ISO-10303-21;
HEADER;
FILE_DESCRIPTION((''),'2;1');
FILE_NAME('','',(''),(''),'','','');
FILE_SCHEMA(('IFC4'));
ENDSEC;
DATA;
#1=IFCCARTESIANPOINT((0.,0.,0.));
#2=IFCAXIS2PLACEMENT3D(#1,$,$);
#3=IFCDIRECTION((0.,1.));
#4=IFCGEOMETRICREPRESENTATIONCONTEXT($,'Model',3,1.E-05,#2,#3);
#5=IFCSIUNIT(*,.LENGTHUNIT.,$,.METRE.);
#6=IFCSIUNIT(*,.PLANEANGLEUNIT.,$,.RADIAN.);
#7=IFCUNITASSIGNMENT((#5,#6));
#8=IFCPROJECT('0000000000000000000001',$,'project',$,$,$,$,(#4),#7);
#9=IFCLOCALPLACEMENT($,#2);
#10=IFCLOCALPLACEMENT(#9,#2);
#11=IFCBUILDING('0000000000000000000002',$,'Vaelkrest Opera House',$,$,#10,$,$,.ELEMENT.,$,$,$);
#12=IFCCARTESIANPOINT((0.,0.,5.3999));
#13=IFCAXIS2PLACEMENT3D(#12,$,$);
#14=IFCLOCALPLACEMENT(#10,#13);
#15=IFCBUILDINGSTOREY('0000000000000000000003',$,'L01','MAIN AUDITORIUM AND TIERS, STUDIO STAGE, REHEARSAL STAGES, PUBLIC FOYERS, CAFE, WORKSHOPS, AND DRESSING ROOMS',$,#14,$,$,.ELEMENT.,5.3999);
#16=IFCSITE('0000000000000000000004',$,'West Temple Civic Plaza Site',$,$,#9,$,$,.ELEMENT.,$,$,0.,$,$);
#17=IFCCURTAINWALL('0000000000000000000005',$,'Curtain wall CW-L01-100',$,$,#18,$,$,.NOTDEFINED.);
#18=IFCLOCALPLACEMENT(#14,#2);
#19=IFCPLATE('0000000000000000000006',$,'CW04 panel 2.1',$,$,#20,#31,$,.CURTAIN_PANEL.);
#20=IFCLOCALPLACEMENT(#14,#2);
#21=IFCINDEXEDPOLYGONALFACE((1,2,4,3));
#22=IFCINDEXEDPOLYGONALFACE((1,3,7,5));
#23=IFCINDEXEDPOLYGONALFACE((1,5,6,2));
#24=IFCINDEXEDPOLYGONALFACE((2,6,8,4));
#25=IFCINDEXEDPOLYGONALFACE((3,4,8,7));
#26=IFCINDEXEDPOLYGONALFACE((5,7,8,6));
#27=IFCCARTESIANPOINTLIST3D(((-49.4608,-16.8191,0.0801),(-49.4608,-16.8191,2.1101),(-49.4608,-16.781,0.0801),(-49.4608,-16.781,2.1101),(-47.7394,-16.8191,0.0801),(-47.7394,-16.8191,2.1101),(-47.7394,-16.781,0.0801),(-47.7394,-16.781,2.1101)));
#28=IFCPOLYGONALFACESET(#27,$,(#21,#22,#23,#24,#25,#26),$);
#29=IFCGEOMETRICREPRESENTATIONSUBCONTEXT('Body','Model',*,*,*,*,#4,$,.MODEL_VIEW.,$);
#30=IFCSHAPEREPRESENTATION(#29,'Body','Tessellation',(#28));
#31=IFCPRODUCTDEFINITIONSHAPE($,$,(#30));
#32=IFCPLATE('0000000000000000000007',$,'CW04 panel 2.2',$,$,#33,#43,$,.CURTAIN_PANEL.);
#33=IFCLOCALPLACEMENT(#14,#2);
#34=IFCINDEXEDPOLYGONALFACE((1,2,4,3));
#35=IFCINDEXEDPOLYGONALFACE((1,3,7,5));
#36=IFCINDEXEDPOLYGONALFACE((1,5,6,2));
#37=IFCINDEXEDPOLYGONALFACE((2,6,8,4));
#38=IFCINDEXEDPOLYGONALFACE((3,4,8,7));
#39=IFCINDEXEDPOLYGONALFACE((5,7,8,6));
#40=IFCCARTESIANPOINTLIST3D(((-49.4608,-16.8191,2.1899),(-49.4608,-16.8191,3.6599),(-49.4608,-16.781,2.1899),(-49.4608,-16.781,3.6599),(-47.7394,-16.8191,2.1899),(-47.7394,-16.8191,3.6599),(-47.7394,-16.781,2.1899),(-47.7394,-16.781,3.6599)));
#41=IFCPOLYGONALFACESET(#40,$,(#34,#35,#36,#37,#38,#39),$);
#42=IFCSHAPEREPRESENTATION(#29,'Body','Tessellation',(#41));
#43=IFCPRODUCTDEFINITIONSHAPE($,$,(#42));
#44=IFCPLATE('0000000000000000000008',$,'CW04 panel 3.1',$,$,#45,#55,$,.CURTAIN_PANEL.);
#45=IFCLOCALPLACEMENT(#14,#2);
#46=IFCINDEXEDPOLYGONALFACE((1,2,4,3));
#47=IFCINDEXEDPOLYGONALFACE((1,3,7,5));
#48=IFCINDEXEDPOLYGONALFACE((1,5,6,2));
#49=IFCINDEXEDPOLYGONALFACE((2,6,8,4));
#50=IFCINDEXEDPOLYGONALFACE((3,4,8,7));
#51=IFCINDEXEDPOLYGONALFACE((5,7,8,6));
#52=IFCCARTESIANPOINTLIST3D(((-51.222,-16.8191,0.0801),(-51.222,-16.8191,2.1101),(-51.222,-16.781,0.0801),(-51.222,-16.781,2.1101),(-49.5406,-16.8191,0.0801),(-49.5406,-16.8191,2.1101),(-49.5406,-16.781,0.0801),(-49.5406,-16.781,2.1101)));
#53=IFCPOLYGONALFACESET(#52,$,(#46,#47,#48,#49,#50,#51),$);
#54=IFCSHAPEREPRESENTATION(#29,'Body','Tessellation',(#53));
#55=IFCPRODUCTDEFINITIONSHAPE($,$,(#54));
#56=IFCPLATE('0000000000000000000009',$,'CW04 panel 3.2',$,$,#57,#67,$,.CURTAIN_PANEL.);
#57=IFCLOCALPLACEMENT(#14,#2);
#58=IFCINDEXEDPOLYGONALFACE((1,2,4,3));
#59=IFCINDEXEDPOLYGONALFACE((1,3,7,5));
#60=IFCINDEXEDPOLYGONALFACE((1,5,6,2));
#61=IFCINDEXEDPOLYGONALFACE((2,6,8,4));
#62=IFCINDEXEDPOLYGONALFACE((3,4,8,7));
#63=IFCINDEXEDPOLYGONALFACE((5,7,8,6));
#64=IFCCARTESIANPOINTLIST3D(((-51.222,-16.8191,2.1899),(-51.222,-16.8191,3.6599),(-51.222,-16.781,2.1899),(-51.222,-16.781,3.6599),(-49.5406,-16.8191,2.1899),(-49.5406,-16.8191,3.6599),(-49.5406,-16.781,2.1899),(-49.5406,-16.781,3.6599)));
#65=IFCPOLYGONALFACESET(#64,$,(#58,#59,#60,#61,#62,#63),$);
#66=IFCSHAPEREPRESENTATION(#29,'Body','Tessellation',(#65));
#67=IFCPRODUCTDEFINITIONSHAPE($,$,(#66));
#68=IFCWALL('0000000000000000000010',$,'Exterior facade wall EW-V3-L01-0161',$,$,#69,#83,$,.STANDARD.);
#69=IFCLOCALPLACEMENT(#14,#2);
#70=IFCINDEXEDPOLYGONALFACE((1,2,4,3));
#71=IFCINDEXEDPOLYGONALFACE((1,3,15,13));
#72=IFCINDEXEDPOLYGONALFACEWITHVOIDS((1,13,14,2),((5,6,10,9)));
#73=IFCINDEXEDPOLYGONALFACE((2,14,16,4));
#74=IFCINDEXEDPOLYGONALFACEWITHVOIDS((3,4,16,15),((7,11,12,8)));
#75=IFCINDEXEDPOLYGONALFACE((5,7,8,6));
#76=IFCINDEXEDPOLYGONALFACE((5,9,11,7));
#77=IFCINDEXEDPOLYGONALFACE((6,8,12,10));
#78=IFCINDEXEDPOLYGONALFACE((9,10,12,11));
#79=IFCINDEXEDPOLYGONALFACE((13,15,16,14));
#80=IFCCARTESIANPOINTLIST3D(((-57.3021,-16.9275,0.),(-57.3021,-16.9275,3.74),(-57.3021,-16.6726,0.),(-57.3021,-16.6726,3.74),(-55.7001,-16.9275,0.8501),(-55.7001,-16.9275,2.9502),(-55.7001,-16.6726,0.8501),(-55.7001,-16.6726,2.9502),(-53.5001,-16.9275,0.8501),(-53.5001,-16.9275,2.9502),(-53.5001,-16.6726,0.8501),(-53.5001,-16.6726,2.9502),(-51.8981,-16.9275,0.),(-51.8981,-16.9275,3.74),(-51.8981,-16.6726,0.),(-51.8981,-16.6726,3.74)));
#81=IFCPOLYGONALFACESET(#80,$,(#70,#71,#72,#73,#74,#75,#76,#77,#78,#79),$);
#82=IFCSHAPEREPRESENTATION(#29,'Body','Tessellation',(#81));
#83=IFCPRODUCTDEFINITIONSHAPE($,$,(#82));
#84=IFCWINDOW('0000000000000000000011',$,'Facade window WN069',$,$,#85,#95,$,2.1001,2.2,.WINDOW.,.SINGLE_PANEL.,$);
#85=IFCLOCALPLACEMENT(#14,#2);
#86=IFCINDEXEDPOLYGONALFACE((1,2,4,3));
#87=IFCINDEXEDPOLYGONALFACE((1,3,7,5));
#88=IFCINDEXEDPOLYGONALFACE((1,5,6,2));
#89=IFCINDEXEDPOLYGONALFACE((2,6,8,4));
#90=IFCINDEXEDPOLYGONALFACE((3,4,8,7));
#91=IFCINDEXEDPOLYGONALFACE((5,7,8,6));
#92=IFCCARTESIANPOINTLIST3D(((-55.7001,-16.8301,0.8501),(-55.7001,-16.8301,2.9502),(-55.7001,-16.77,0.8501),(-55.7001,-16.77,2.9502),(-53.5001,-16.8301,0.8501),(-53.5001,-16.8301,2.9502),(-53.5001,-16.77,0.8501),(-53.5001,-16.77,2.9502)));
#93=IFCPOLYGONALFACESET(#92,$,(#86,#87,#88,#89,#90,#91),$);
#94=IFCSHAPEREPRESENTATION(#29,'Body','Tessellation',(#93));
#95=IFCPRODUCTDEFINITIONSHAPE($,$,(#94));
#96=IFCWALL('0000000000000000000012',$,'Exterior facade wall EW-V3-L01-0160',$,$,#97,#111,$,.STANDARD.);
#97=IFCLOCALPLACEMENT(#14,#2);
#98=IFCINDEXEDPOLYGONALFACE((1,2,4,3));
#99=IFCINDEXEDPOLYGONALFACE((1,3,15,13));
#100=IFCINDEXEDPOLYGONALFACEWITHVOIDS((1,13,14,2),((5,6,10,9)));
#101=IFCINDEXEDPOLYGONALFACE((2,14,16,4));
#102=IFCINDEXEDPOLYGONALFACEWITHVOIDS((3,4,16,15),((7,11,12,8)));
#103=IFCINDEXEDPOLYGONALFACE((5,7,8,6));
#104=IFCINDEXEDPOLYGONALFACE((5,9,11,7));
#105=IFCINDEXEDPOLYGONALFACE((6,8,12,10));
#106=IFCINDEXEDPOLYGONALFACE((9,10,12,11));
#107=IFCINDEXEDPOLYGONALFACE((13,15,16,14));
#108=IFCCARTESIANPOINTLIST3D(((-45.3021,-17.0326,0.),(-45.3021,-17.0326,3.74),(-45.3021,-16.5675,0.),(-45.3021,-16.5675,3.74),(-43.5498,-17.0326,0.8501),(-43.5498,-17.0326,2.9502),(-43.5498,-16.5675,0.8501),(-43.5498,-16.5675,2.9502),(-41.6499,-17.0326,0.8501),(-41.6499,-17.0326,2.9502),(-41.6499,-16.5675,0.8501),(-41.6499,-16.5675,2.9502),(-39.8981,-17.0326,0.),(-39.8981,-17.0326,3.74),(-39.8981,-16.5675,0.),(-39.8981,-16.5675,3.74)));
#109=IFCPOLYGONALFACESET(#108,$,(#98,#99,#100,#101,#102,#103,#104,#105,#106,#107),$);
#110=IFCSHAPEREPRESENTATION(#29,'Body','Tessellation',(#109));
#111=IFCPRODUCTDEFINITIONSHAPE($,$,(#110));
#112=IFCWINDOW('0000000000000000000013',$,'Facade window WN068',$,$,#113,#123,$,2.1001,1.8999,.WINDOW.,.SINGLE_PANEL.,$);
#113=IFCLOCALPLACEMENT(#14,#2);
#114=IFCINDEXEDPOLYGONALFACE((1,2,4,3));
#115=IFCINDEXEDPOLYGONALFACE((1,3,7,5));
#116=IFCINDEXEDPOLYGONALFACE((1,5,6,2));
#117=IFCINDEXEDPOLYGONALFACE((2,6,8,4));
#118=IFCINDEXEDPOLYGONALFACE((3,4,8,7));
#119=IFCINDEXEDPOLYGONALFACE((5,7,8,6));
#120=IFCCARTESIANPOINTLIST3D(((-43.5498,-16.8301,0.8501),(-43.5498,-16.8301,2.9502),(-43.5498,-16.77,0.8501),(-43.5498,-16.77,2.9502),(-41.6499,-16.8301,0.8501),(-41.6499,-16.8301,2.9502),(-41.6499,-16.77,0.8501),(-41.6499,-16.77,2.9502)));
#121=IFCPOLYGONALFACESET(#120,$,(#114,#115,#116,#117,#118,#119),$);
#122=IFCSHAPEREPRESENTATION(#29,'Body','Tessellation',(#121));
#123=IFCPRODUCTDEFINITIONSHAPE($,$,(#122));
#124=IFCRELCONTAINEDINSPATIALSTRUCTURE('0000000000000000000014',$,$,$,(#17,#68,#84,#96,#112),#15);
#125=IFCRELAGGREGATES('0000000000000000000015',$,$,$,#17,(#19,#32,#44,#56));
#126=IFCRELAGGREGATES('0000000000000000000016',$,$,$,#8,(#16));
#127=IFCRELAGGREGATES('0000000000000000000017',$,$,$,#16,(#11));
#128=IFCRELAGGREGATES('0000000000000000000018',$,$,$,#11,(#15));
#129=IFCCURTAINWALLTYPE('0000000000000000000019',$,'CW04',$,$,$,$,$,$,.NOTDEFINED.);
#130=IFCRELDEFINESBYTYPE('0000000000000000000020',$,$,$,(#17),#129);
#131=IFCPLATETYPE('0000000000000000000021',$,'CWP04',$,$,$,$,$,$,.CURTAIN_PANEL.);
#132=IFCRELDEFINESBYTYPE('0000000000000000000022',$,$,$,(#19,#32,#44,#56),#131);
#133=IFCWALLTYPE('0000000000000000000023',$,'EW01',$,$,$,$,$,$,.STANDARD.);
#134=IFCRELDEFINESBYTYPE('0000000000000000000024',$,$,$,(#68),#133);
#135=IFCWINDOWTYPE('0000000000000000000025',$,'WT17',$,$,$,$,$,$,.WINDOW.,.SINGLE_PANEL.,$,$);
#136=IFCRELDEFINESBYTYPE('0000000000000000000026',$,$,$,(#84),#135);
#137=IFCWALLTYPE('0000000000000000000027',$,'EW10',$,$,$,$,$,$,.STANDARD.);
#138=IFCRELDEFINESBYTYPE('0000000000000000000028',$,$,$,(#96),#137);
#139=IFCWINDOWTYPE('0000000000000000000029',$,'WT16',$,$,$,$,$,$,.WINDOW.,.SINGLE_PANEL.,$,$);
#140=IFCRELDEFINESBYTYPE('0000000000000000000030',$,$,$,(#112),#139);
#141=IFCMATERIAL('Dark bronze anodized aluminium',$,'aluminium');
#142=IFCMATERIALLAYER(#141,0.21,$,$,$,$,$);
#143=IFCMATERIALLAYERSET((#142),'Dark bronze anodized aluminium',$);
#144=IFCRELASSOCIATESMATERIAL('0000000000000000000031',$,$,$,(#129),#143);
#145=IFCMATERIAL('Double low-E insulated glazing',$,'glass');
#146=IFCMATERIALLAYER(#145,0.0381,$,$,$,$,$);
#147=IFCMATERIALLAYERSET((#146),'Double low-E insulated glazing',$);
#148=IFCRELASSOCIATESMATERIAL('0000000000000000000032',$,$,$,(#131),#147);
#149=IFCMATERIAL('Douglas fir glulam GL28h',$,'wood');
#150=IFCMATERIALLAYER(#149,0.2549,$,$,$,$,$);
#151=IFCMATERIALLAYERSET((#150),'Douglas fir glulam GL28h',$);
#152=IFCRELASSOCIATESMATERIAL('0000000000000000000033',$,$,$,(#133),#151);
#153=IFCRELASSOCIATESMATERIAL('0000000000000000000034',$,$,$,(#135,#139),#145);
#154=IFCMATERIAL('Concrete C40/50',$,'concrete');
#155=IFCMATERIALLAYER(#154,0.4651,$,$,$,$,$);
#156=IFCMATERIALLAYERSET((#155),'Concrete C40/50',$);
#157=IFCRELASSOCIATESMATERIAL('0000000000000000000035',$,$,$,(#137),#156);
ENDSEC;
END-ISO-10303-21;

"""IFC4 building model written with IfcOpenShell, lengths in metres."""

from ifc_helpers import new_model, si_unit, direction, frame, frame_2d, origin, origin_2d, place, context, subcontext, project, spatial, rectangle, extrude, material, layer, layer_set, type_object, element, fill, aggregate, save


model = new_model("IFC4")

# Units and contexts
model_context = context("Model", 3, precision=1e-05, world=origin(), true_north=direction((0.0, 1.0)))
body_context = subcontext(model_context, "Body", "Model", "MODEL_VIEW")
ifc_project = project(units=[si_unit("LENGTHUNIT", "METRE"), si_unit("PLANEANGLEUNIT", "RADIAN")], contexts=[model_context])

# Site, building, storey
site_placement = place(None, origin())
site = spatial("IfcSite", under=ifc_project, at=site_placement, Name="West Temple Civic Plaza Site", CompositionType="ELEMENT", RefElevation=0.0)
building_placement = place(site_placement, origin())
building = spatial("IfcBuilding", under=site, at=building_placement, Name="Vaelkrest Opera House", CompositionType="ELEMENT")
storey_placement = place(building_placement, frame((0.0, 0.0, 5.3999)))
storey = spatial("IfcBuildingStorey", under=building, at=storey_placement, Name="L01", Description="MAIN AUDITORIUM AND TIERS, STUDIO STAGE, REHEARSAL STAGES, PUBLIC FOYERS, CAFE, WORKSHOPS, AND DRESSING ROOMS", CompositionType="ELEMENT", Elevation=5.3999)

# Shared definitions
ifc_material_1 = material(Name="Dark bronze anodized aluminium", Category="aluminium")

# Curtain wall
ifc_layer_1 = layer(ifc_material_1, 0.21)
ifc_layer_set_1 = layer_set([ifc_layer_1], Name="Dark bronze anodized aluminium")
curtain_wall_type_1 = type_object("IfcCurtainWallType", Name="CW04", PredefinedType="NOTDEFINED", material=ifc_layer_set_1)
curtain_wall_1_placement = place(storey_placement, origin())
curtain_wall_1 = element("IfcCurtainWall", 1, at=curtain_wall_1_placement, inside=storey, type_object=curtain_wall_type_1, Name="Curtain wall CW-L01-100", PredefinedType="NOTDEFINED")

# Plates
ifc_material_2 = material(Name="Double low-E insulated glazing", Category="glass")
ifc_layer_2 = layer(ifc_material_2, 0.0381)
ifc_layer_set_2 = layer_set([ifc_layer_2], Name="Double low-E insulated glazing")
plate_type = type_object("IfcPlateType", Name="CWP04", PredefinedType="CURTAIN_PANEL", material=ifc_layer_set_2)
plate_1_placement = place(storey_placement, frame((-48.6001, -16.8, 0.0801), z_axis=(0.0, 0.0, 1.0), x_axis=(-1.0, 0.0, 0.0)))
plate_1 = element("IfcPlate", 2, at=plate_1_placement, type_object=plate_type, Name="CW04 panel 2.1", PredefinedType="CURTAIN_PANEL", context=body_context, shape_type="SweptSolid", body=[
    extrude(rectangle(XDim=1.7214, YDim=0.0381, at=origin_2d()), origin(), (0.0, 0.0, 1.0), 2.03),
])
plate_2_placement = place(storey_placement, frame((-48.6001, -16.8, 2.1899), z_axis=(0.0, 0.0, 1.0), x_axis=(-1.0, 0.0, 0.0)))
plate_2 = element("IfcPlate", 3, at=plate_2_placement, type_object=plate_type, Name="CW04 panel 2.2", PredefinedType="CURTAIN_PANEL", context=body_context, shape_type="SweptSolid", body=[
    extrude(rectangle(XDim=1.7214, YDim=0.0381, at=origin_2d()), origin(), (0.0, 0.0, 1.0), 1.47),
])
plate_3_placement = place(storey_placement, frame((-50.3813, -16.8, 0.0801), z_axis=(0.0, 0.0, 1.0), x_axis=(-1.0, 0.0, 0.0)))
plate_3 = element("IfcPlate", 4, at=plate_3_placement, type_object=plate_type, Name="CW04 panel 3.1", PredefinedType="CURTAIN_PANEL", context=body_context, shape_type="SweptSolid", body=[
    extrude(rectangle(XDim=1.6814, YDim=0.0381, at=origin_2d()), origin(), (0.0, 0.0, 1.0), 2.03),
])
plate_4_placement = place(storey_placement, frame((-50.3813, -16.8, 2.1899), z_axis=(0.0, 0.0, 1.0), x_axis=(-1.0, 0.0, 0.0)))
plate_4 = element("IfcPlate", 5, at=plate_4_placement, type_object=plate_type, Name="CW04 panel 3.2", PredefinedType="CURTAIN_PANEL", context=body_context, shape_type="SweptSolid", body=[
    extrude(rectangle(XDim=1.6814, YDim=0.0381, at=origin_2d()), origin(), (0.0, 0.0, 1.0), 1.47),
])
aggregate(curtain_wall_1, [plate_1, plate_2, plate_3, plate_4])

# Walls, openings, windows
ifc_material_3 = material(Name="Douglas fir glulam GL28h", Category="wood")
ifc_layer_3 = layer(ifc_material_3, 0.2549)
ifc_layer_set_3 = layer_set([ifc_layer_3], Name="Douglas fir glulam GL28h")
wall_type_1 = type_object("IfcWallType", Name="EW01", PredefinedType="STANDARD", material=ifc_layer_set_3)
wall_1_placement = place(storey_placement, frame((-51.8979, -16.8, 0.0), z_axis=(0.0, 0.0, 1.0), x_axis=(-1.0, 0.0, 0.0)))
wall_1 = element("IfcWall", 6, at=wall_1_placement, inside=storey, type_object=wall_type_1, Name="Exterior facade wall EW-V3-L01-0161", PredefinedType="STANDARD", context=body_context, shape_type="SweptSolid", body=[
    extrude(rectangle(XDim=5.4041, YDim=0.2549, at=frame_2d((2.7021, 0.0))), origin(), (0.0, 0.0, 1.0), 3.74),
])
opening_1_placement = place(wall_1_placement, frame((1.6021, 0.0, 0.8501)))
opening_1 = element("IfcOpeningElement", 7, at=opening_1_placement, cuts=wall_1, PredefinedType="OPENING", context=body_context, shape_type="SweptSolid", body=[
    extrude(rectangle(XDim=2.2, YDim=2.1001, at=frame_2d((1.1001, 1.05))), frame((0.0, 0.1375, 0.0), z_axis=(0.0, -1.0, 0.0), x_axis=(1.0, 0.0, 0.0)), (0.0, 0.0, 1.0), 0.2749),
])
window_type_1 = type_object("IfcWindowType", Name="WT17", PartitioningType="SINGLE_PANEL", PredefinedType="WINDOW", material=ifc_material_2)
window_1_placement = place(opening_1_placement, origin())
window_1 = element("IfcWindow", 8, at=window_1_placement, inside=storey, type_object=window_type_1, Name="Facade window WN069", OverallHeight=2.1001, OverallWidth=2.2, PartitioningType="SINGLE_PANEL", PredefinedType="WINDOW", context=body_context, shape_type="SweptSolid", body=[
    extrude(rectangle(XDim=2.2, YDim=2.1001, at=frame_2d((1.1001, 1.05))), frame((0.0, 0.03, 0.0), z_axis=(0.0, -1.0, 0.0), x_axis=(1.0, 0.0, 0.0)), (0.0, 0.0, 1.0), 0.0601),
])
fill(opening_1, window_1)
ifc_material_4 = material(Name="Concrete C40/50", Category="concrete")
ifc_layer_4 = layer(ifc_material_4, 0.4651)
ifc_layer_set_4 = layer_set([ifc_layer_4], Name="Concrete C40/50")
wall_type_2 = type_object("IfcWallType", Name="EW10", PredefinedType="STANDARD", material=ifc_layer_set_4)
wall_2_placement = place(storey_placement, frame((-39.8979, -16.8, 0.0), z_axis=(0.0, 0.0, 1.0), x_axis=(-1.0, 0.0, 0.0)))
wall_2 = element("IfcWall", 9, at=wall_2_placement, inside=storey, type_object=wall_type_2, Name="Exterior facade wall EW-V3-L01-0160", PredefinedType="STANDARD", context=body_context, shape_type="SweptSolid", body=[
    extrude(rectangle(XDim=5.4041, YDim=0.4651, at=frame_2d((2.7021, 0.0))), origin(), (0.0, 0.0, 1.0), 3.74),
])
opening_2_placement = place(wall_2_placement, frame((1.752, 0.0, 0.8501)))
opening_2 = element("IfcOpeningElement", 10, at=opening_2_placement, cuts=wall_2, PredefinedType="OPENING", context=body_context, shape_type="SweptSolid", body=[
    extrude(rectangle(XDim=1.8999, YDim=2.1001, at=frame_2d((0.95, 1.05))), frame((0.0, 0.2424, 0.0), z_axis=(0.0, -1.0, 0.0), x_axis=(1.0, 0.0, 0.0)), (0.0, 0.0, 1.0), 0.4851),
])
window_type_2 = type_object("IfcWindowType", Name="WT16", PartitioningType="SINGLE_PANEL", PredefinedType="WINDOW", material=ifc_material_2)
window_2_placement = place(opening_2_placement, origin())
window_2 = element("IfcWindow", 11, at=window_2_placement, inside=storey, type_object=window_type_2, Name="Facade window WN068", OverallHeight=2.1001, OverallWidth=1.8999, PartitioningType="SINGLE_PANEL", PredefinedType="WINDOW", context=body_context, shape_type="SweptSolid", body=[
    extrude(rectangle(XDim=1.8999, YDim=2.1001, at=frame_2d((0.95, 1.05))), frame((0.0, 0.03, 0.0), z_axis=(0.0, -1.0, 0.0), x_axis=(1.0, 0.0, 0.0)), (0.0, 0.0, 1.0), 0.0601),
])
fill(opening_2, window_2)

save(model, "model.ifc")
